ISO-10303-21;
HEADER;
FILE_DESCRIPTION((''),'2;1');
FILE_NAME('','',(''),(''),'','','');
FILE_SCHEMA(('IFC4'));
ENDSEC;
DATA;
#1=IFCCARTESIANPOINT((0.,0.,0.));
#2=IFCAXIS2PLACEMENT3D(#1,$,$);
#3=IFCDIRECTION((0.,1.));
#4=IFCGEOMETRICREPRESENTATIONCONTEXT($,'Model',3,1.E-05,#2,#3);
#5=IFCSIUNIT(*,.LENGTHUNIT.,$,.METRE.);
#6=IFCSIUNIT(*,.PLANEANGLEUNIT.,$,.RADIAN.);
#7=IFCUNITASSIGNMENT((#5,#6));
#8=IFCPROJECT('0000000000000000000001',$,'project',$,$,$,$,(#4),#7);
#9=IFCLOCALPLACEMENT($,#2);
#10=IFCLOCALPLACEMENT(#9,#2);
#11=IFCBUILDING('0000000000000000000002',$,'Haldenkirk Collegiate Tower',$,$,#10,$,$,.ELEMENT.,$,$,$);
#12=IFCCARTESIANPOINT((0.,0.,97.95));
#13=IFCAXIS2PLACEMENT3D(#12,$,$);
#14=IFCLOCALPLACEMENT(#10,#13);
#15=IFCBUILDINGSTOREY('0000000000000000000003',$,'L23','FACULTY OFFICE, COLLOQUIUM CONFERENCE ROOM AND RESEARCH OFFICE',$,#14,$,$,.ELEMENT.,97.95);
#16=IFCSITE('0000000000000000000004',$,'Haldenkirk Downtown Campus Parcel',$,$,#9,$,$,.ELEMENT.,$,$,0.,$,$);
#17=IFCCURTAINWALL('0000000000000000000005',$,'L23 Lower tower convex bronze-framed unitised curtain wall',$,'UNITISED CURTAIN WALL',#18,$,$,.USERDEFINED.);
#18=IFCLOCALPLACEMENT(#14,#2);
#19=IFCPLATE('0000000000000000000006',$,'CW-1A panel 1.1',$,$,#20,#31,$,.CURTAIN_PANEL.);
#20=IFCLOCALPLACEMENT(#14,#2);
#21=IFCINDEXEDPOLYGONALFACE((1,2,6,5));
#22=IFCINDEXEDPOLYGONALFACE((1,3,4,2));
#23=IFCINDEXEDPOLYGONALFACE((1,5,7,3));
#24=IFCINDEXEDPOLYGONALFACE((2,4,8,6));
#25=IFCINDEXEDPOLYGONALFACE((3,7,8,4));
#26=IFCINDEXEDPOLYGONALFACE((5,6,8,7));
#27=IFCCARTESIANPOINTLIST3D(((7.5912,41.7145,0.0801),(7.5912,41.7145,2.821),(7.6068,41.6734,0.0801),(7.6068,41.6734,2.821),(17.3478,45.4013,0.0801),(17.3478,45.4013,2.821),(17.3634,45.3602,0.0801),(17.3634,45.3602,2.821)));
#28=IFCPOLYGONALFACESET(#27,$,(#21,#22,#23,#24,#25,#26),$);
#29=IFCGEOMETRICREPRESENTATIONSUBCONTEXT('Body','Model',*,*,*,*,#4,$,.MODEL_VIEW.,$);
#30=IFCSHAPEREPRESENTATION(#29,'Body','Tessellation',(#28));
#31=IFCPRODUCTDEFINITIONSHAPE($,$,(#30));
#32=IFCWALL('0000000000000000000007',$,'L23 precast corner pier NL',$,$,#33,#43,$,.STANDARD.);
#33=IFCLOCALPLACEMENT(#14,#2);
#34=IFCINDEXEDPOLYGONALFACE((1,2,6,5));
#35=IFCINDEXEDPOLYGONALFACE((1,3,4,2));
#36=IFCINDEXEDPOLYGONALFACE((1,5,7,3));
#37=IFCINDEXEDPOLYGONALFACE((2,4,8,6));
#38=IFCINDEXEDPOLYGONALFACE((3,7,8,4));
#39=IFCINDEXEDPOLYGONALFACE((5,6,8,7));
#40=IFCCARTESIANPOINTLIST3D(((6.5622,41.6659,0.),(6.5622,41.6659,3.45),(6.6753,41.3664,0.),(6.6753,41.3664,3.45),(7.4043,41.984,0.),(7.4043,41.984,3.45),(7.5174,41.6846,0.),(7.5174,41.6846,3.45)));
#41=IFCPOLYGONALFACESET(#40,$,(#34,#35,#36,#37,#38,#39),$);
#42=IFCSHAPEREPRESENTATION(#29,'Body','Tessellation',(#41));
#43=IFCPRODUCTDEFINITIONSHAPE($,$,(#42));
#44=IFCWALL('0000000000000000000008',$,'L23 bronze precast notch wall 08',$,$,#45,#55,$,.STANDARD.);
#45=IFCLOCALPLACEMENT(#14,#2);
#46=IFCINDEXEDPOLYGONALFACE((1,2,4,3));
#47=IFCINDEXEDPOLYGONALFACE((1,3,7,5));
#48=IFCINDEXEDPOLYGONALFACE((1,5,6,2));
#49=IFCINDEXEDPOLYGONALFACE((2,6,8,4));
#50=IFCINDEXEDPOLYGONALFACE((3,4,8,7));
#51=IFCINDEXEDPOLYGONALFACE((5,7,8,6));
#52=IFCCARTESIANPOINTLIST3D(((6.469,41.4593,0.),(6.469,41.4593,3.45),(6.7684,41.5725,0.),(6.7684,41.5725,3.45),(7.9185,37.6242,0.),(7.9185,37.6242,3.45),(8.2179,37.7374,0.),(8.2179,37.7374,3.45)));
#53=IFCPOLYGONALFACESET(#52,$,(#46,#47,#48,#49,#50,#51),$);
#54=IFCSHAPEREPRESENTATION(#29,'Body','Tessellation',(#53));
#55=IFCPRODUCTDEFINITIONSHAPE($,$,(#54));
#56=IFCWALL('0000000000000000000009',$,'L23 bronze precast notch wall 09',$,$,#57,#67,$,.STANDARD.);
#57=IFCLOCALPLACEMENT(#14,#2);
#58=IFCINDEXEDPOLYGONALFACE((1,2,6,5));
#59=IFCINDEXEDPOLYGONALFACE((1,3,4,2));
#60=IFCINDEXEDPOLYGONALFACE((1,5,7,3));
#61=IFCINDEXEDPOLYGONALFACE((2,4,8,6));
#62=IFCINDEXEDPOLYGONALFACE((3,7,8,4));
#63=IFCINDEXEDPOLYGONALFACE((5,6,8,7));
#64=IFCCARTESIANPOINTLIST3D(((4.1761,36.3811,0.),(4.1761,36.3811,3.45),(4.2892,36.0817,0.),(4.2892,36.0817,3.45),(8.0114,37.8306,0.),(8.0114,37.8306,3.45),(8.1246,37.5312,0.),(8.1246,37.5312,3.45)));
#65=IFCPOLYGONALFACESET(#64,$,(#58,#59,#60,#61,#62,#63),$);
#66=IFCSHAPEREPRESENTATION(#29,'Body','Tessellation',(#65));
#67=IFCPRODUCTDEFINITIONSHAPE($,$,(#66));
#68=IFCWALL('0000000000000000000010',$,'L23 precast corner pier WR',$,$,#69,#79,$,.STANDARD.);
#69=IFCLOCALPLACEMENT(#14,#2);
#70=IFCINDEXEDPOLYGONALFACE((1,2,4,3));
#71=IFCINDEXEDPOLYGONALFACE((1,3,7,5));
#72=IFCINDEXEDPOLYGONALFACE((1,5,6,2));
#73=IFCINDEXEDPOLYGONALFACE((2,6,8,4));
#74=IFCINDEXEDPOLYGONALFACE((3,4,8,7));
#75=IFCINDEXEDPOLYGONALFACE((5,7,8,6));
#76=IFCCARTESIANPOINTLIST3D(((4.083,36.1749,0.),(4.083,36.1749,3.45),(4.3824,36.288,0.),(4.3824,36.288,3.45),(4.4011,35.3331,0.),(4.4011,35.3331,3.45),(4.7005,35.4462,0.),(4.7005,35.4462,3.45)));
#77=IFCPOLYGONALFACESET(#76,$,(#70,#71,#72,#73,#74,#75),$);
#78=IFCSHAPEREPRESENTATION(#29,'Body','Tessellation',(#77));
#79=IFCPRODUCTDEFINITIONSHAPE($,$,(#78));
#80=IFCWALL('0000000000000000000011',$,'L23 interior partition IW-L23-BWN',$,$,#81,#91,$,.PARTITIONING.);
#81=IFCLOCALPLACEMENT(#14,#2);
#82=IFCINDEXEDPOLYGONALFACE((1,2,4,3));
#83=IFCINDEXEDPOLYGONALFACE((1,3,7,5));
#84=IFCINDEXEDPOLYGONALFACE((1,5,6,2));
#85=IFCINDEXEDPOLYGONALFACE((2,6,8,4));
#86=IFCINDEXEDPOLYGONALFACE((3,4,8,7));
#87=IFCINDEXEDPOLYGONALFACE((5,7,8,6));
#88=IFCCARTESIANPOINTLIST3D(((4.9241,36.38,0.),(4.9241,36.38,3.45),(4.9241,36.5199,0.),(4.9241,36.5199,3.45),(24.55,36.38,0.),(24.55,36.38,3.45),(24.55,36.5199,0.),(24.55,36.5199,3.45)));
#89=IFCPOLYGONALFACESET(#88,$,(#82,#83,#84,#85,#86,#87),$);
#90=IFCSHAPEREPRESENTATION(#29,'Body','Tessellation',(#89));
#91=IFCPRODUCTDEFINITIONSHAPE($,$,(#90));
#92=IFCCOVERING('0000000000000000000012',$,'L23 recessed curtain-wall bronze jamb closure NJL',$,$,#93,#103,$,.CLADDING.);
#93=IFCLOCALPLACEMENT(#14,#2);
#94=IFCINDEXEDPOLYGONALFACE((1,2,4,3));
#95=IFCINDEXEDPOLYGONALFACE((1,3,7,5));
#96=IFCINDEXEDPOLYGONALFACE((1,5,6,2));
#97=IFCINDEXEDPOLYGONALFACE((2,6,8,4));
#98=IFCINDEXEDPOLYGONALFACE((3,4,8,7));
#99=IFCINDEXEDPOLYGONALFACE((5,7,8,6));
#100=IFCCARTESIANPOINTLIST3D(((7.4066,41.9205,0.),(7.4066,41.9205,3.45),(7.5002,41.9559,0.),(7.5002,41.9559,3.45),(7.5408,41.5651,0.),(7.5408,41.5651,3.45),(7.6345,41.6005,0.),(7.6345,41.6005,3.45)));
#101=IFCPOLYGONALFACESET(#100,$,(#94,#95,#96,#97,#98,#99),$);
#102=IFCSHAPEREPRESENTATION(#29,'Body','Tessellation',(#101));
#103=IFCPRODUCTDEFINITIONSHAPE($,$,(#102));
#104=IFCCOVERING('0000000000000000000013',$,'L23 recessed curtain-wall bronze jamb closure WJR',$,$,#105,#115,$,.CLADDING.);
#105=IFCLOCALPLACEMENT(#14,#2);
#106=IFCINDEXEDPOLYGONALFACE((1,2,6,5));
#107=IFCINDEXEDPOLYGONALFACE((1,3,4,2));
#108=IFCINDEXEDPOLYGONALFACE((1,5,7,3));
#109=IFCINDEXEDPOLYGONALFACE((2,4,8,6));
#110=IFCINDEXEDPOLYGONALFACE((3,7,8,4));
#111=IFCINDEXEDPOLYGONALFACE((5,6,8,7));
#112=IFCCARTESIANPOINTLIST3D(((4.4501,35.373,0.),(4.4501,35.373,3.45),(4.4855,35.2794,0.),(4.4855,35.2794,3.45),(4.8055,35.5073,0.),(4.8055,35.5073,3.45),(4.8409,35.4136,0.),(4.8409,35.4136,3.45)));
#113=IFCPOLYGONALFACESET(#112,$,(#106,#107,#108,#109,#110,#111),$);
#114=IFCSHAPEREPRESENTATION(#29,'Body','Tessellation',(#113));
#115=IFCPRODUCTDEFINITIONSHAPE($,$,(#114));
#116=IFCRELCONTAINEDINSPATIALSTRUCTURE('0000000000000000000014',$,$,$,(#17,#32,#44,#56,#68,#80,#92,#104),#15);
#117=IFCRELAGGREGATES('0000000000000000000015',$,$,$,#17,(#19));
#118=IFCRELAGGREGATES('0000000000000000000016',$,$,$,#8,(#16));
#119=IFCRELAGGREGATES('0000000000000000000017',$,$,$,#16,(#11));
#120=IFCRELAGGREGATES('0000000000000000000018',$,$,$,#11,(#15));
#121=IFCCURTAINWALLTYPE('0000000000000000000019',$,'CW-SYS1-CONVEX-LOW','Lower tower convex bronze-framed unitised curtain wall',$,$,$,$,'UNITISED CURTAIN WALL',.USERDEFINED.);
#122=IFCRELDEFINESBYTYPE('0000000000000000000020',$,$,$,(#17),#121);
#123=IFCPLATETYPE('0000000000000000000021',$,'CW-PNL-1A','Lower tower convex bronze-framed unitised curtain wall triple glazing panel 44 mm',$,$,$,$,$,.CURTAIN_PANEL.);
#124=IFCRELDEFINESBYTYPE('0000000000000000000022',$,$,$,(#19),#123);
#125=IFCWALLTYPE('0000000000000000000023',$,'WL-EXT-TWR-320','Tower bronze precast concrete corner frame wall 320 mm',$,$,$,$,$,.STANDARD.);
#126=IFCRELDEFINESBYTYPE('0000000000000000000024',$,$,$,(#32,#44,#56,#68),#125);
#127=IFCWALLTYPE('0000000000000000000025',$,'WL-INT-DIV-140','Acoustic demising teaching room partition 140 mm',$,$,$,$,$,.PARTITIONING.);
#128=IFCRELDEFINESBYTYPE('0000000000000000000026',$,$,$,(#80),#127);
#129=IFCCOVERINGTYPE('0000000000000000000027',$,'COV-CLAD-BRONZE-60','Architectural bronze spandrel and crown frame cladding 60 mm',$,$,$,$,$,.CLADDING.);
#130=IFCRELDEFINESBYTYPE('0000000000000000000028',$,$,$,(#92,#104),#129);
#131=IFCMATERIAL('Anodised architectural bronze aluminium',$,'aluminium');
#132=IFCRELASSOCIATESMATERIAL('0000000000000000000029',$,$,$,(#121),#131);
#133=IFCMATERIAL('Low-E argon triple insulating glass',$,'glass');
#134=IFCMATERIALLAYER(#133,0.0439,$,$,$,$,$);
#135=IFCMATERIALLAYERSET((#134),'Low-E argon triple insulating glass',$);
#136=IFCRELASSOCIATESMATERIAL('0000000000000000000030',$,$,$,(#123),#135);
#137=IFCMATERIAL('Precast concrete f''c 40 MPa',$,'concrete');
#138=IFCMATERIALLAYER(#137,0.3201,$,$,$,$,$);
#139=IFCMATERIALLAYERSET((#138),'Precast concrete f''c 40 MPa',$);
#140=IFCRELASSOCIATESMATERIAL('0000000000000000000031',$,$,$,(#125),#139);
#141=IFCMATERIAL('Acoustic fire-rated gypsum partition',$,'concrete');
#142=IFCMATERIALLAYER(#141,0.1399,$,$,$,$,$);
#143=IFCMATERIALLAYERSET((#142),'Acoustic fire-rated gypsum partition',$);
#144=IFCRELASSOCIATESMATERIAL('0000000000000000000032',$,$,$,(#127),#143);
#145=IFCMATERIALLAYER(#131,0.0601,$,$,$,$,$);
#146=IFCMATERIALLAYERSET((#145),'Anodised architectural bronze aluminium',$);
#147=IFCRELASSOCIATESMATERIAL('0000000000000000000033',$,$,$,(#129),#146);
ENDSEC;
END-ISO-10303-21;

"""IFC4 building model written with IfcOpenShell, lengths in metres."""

from ifc_helpers import new_model, si_unit, direction, frame, frame_2d, origin, origin_2d, place, context, subcontext, project, spatial, rectangle, extrude, source, transform, mapped, material, layer, layer_set, type_object, element, aggregate, save


model = new_model("IFC4")

# Units and contexts
model_context = context("Model", 3, precision=1e-05, world=origin(), true_north=direction((0.0, 1.0)))
body_context = subcontext(model_context, "Body", "Model", "MODEL_VIEW")
ifc_project = project(units=[si_unit("LENGTHUNIT", "METRE"), si_unit("PLANEANGLEUNIT", "RADIAN")], contexts=[model_context])

# Site, building, storey
site_placement = place(None, origin())
site = spatial("IfcSite", under=ifc_project, at=site_placement, Name="Haldenkirk Downtown Campus Parcel", CompositionType="ELEMENT", RefElevation=0.0)
building_placement = place(site_placement, origin())
building = spatial("IfcBuilding", under=site, at=building_placement, Name="Haldenkirk Collegiate Tower", CompositionType="ELEMENT")
storey_placement = place(building_placement, frame((0.0, 0.0, 97.95)))
storey = spatial("IfcBuildingStorey", under=building, at=storey_placement, Name="L23", Description="FACULTY OFFICE, COLLOQUIUM CONFERENCE ROOM AND RESEARCH OFFICE", CompositionType="ELEMENT", Elevation=97.95)

# Curtain wall
ifc_material_1 = material(Name="Anodised architectural bronze aluminium", Category="aluminium")
curtain_wall_type = type_object("IfcCurtainWallType", Name="CW-SYS1-CONVEX-LOW", Description="Lower tower convex bronze-framed unitised curtain wall", ElementType="UNITISED CURTAIN WALL", PredefinedType="USERDEFINED", material=ifc_material_1)
curtain_wall_1_placement = place(storey_placement, origin())
curtain_wall_1 = element("IfcCurtainWall", 1, at=curtain_wall_1_placement, inside=storey, type_object=curtain_wall_type, Name="L23 Lower tower convex bronze-framed unitised curtain wall", ObjectType="UNITISED CURTAIN WALL", PredefinedType="USERDEFINED")

# Plate
ifc_material_2 = material(Name="Low-E argon triple insulating glass", Category="glass")
ifc_layer_1 = layer(ifc_material_2, 0.0439)
ifc_layer_set_1 = layer_set([ifc_layer_1], Name="Low-E argon triple insulating glass")
plate_type = type_object("IfcPlateType", Name="CW-PNL-1A", Description="Lower tower convex bronze-framed unitised curtain wall triple glazing panel 44 mm", PredefinedType="CURTAIN_PANEL", material=ifc_layer_set_1)
shared_shape_1 = source(origin(), body_context, "Body", "SweptSolid", [
    extrude(rectangle(XDim=10.4299, YDim=0.0439, at=origin_2d()), origin(), (0.0, 0.0, 1.0), 2.741),
])
plate_placement = place(storey_placement, frame((12.4773, 43.5374, 0.0801), z_axis=(0.0, 0.0, 1.0), x_axis=(0.935443, 0.353476, 0.0)))
plate = element("IfcPlate", 2, at=plate_placement, type_object=plate_type, Name="CW-1A panel 1.1", PredefinedType="CURTAIN_PANEL", context=body_context, shape_type="MappedRepresentation", body=[
    mapped(shared_shape_1, transform((0.0, 0.0, 0.0), x_axis=(1.0, 0.0, 0.0), y_axis=(0.0, 1.0, 0.0), z_axis=(0.0, 0.0, 1.0), scale=1.0)),
])
aggregate(curtain_wall_1, [plate])

# Walls
ifc_material_3 = material(Name="Precast concrete f'c 40 MPa", Category="concrete")
ifc_layer_2 = layer(ifc_material_3, 0.3201)
ifc_layer_set_2 = layer_set([ifc_layer_2], Name="Precast concrete f'c 40 MPa")
wall_type_1 = type_object("IfcWallType", Name="WL-EXT-TWR-320", Description="Tower bronze precast concrete corner frame wall 320 mm", PredefinedType="STANDARD", material=ifc_layer_set_2)
wall_1_placement = place(storey_placement, frame((6.6187, 41.5161, 0.0), z_axis=(0.0, 0.0, 1.0), x_axis=(0.935468, 0.353411, 0.0)))
element("IfcWall", 3, at=wall_1_placement, inside=storey, type_object=wall_type_1, Name="L23 precast corner pier NL", PredefinedType="STANDARD", context=body_context, shape_type="SweptSolid", body=[
    extrude(rectangle(XDim=0.9001, YDim=0.3201, at=frame_2d((0.4502, 0.0))), origin(), (0.0, 0.0, 1.0), 3.45),
])
wall_2_placement = place(storey_placement, frame((8.0681, 37.6809, 0.0), z_axis=(0.0, 0.0, 1.0), x_axis=(-0.35353, 0.935423, 0.0)))
element("IfcWall", 4, at=wall_2_placement, inside=storey, type_object=wall_type_1, Name="L23 bronze precast notch wall 08", PredefinedType="STANDARD", context=body_context, shape_type="SweptSolid", body=[
    extrude(rectangle(XDim=4.0999, YDim=0.3201, at=frame_2d((2.0498, 0.0))), origin(), (0.0, 0.0, 1.0), 3.45),
])
wall_3_placement = place(storey_placement, frame((4.2327, 36.2314, 0.0), z_axis=(0.0, 0.0, 1.0), x_axis=(0.935431, 0.353511, 0.0)))
element("IfcWall", 5, at=wall_3_placement, inside=storey, type_object=wall_type_1, Name="L23 bronze precast notch wall 09", PredefinedType="STANDARD", context=body_context, shape_type="SweptSolid", body=[
    extrude(rectangle(XDim=4.1001, YDim=0.3201, at=frame_2d((2.05, 0.0))), origin(), (0.0, 0.0, 1.0), 3.45),
])
wall_4_placement = place(storey_placement, frame((4.5508, 35.3896, 0.0), z_axis=(0.0, 0.0, 1.0), x_axis=(-0.353501, 0.935434, 0.0)))
element("IfcWall", 6, at=wall_4_placement, inside=storey, type_object=wall_type_1, Name="L23 precast corner pier WR", PredefinedType="STANDARD", context=body_context, shape_type="SweptSolid", body=[
    extrude(rectangle(XDim=0.8999, YDim=0.3201, at=frame_2d((0.45, 0.0))), origin(), (0.0, 0.0, 1.0), 3.45),
])
ifc_material_4 = material(Name="Acoustic fire-rated gypsum partition", Category="concrete")
ifc_layer_3 = layer(ifc_material_4, 0.1399)
ifc_layer_set_3 = layer_set([ifc_layer_3], Name="Acoustic fire-rated gypsum partition")
wall_type_2 = type_object("IfcWallType", Name="WL-INT-DIV-140", Description="Acoustic demising teaching room partition 140 mm", PredefinedType="PARTITIONING", material=ifc_layer_set_3)
wall_5_placement = place(storey_placement, frame((4.9241, 36.45, 0.0), z_axis=(0.0, 0.0, 1.0), x_axis=(1.0, 0.0, 0.0)))
element("IfcWall", 7, at=wall_5_placement, inside=storey, type_object=wall_type_2, Name="L23 interior partition IW-L23-BWN", PredefinedType="PARTITIONING", context=body_context, shape_type="SweptSolid", body=[
    extrude(rectangle(XDim=19.626, YDim=0.1399, at=frame_2d((9.813, 0.0))), origin(), (0.0, 0.0, 1.0), 3.45),
])

# Coverings
ifc_layer_4 = layer(ifc_material_1, 0.0601)
ifc_layer_set_4 = layer_set([ifc_layer_4], Name="Anodised architectural bronze aluminium")
covering_type = type_object("IfcCoveringType", Name="COV-CLAD-BRONZE-60", Description="Architectural bronze spandrel and crown frame cladding 60 mm", PredefinedType="CLADDING", material=ifc_layer_set_4)
shared_shape_2 = source(origin(), body_context, "Body", "SweptSolid", [
    extrude(rectangle(XDim=0.1001, YDim=0.3799, at=origin_2d()), origin(), (0.0, 0.0, 1.0), 3.45),
])
for number, where, z_axis, x_axis, name in (
    (8, (7.5205, 41.7605, 0.0), (0.0, 0.0, 1.0), (0.935444, 0.353475, 0.0), "L23 recessed curtain-wall bronze jamb closure NJL"),
    (9, (4.6455, 35.3933, 0.0), (0.0, 0.0, 1.0), (-0.353475, 0.935444, 0.0), "L23 recessed curtain-wall bronze jamb closure WJR"),
):
    element("IfcCovering", number, at=place(storey_placement, frame(where, z_axis=z_axis, x_axis=x_axis)), inside=storey, type_object=covering_type, Name=name, PredefinedType="CLADDING", context=body_context, shape_type="MappedRepresentation", body=[
        mapped(shared_shape_2, transform((0.0, 0.0, 0.0), x_axis=(1.0, 0.0, 0.0), y_axis=(0.0, 1.0, 0.0), z_axis=(0.0, 0.0, 1.0), scale=1.0)),
    ])

save(model, "model.ifc")
